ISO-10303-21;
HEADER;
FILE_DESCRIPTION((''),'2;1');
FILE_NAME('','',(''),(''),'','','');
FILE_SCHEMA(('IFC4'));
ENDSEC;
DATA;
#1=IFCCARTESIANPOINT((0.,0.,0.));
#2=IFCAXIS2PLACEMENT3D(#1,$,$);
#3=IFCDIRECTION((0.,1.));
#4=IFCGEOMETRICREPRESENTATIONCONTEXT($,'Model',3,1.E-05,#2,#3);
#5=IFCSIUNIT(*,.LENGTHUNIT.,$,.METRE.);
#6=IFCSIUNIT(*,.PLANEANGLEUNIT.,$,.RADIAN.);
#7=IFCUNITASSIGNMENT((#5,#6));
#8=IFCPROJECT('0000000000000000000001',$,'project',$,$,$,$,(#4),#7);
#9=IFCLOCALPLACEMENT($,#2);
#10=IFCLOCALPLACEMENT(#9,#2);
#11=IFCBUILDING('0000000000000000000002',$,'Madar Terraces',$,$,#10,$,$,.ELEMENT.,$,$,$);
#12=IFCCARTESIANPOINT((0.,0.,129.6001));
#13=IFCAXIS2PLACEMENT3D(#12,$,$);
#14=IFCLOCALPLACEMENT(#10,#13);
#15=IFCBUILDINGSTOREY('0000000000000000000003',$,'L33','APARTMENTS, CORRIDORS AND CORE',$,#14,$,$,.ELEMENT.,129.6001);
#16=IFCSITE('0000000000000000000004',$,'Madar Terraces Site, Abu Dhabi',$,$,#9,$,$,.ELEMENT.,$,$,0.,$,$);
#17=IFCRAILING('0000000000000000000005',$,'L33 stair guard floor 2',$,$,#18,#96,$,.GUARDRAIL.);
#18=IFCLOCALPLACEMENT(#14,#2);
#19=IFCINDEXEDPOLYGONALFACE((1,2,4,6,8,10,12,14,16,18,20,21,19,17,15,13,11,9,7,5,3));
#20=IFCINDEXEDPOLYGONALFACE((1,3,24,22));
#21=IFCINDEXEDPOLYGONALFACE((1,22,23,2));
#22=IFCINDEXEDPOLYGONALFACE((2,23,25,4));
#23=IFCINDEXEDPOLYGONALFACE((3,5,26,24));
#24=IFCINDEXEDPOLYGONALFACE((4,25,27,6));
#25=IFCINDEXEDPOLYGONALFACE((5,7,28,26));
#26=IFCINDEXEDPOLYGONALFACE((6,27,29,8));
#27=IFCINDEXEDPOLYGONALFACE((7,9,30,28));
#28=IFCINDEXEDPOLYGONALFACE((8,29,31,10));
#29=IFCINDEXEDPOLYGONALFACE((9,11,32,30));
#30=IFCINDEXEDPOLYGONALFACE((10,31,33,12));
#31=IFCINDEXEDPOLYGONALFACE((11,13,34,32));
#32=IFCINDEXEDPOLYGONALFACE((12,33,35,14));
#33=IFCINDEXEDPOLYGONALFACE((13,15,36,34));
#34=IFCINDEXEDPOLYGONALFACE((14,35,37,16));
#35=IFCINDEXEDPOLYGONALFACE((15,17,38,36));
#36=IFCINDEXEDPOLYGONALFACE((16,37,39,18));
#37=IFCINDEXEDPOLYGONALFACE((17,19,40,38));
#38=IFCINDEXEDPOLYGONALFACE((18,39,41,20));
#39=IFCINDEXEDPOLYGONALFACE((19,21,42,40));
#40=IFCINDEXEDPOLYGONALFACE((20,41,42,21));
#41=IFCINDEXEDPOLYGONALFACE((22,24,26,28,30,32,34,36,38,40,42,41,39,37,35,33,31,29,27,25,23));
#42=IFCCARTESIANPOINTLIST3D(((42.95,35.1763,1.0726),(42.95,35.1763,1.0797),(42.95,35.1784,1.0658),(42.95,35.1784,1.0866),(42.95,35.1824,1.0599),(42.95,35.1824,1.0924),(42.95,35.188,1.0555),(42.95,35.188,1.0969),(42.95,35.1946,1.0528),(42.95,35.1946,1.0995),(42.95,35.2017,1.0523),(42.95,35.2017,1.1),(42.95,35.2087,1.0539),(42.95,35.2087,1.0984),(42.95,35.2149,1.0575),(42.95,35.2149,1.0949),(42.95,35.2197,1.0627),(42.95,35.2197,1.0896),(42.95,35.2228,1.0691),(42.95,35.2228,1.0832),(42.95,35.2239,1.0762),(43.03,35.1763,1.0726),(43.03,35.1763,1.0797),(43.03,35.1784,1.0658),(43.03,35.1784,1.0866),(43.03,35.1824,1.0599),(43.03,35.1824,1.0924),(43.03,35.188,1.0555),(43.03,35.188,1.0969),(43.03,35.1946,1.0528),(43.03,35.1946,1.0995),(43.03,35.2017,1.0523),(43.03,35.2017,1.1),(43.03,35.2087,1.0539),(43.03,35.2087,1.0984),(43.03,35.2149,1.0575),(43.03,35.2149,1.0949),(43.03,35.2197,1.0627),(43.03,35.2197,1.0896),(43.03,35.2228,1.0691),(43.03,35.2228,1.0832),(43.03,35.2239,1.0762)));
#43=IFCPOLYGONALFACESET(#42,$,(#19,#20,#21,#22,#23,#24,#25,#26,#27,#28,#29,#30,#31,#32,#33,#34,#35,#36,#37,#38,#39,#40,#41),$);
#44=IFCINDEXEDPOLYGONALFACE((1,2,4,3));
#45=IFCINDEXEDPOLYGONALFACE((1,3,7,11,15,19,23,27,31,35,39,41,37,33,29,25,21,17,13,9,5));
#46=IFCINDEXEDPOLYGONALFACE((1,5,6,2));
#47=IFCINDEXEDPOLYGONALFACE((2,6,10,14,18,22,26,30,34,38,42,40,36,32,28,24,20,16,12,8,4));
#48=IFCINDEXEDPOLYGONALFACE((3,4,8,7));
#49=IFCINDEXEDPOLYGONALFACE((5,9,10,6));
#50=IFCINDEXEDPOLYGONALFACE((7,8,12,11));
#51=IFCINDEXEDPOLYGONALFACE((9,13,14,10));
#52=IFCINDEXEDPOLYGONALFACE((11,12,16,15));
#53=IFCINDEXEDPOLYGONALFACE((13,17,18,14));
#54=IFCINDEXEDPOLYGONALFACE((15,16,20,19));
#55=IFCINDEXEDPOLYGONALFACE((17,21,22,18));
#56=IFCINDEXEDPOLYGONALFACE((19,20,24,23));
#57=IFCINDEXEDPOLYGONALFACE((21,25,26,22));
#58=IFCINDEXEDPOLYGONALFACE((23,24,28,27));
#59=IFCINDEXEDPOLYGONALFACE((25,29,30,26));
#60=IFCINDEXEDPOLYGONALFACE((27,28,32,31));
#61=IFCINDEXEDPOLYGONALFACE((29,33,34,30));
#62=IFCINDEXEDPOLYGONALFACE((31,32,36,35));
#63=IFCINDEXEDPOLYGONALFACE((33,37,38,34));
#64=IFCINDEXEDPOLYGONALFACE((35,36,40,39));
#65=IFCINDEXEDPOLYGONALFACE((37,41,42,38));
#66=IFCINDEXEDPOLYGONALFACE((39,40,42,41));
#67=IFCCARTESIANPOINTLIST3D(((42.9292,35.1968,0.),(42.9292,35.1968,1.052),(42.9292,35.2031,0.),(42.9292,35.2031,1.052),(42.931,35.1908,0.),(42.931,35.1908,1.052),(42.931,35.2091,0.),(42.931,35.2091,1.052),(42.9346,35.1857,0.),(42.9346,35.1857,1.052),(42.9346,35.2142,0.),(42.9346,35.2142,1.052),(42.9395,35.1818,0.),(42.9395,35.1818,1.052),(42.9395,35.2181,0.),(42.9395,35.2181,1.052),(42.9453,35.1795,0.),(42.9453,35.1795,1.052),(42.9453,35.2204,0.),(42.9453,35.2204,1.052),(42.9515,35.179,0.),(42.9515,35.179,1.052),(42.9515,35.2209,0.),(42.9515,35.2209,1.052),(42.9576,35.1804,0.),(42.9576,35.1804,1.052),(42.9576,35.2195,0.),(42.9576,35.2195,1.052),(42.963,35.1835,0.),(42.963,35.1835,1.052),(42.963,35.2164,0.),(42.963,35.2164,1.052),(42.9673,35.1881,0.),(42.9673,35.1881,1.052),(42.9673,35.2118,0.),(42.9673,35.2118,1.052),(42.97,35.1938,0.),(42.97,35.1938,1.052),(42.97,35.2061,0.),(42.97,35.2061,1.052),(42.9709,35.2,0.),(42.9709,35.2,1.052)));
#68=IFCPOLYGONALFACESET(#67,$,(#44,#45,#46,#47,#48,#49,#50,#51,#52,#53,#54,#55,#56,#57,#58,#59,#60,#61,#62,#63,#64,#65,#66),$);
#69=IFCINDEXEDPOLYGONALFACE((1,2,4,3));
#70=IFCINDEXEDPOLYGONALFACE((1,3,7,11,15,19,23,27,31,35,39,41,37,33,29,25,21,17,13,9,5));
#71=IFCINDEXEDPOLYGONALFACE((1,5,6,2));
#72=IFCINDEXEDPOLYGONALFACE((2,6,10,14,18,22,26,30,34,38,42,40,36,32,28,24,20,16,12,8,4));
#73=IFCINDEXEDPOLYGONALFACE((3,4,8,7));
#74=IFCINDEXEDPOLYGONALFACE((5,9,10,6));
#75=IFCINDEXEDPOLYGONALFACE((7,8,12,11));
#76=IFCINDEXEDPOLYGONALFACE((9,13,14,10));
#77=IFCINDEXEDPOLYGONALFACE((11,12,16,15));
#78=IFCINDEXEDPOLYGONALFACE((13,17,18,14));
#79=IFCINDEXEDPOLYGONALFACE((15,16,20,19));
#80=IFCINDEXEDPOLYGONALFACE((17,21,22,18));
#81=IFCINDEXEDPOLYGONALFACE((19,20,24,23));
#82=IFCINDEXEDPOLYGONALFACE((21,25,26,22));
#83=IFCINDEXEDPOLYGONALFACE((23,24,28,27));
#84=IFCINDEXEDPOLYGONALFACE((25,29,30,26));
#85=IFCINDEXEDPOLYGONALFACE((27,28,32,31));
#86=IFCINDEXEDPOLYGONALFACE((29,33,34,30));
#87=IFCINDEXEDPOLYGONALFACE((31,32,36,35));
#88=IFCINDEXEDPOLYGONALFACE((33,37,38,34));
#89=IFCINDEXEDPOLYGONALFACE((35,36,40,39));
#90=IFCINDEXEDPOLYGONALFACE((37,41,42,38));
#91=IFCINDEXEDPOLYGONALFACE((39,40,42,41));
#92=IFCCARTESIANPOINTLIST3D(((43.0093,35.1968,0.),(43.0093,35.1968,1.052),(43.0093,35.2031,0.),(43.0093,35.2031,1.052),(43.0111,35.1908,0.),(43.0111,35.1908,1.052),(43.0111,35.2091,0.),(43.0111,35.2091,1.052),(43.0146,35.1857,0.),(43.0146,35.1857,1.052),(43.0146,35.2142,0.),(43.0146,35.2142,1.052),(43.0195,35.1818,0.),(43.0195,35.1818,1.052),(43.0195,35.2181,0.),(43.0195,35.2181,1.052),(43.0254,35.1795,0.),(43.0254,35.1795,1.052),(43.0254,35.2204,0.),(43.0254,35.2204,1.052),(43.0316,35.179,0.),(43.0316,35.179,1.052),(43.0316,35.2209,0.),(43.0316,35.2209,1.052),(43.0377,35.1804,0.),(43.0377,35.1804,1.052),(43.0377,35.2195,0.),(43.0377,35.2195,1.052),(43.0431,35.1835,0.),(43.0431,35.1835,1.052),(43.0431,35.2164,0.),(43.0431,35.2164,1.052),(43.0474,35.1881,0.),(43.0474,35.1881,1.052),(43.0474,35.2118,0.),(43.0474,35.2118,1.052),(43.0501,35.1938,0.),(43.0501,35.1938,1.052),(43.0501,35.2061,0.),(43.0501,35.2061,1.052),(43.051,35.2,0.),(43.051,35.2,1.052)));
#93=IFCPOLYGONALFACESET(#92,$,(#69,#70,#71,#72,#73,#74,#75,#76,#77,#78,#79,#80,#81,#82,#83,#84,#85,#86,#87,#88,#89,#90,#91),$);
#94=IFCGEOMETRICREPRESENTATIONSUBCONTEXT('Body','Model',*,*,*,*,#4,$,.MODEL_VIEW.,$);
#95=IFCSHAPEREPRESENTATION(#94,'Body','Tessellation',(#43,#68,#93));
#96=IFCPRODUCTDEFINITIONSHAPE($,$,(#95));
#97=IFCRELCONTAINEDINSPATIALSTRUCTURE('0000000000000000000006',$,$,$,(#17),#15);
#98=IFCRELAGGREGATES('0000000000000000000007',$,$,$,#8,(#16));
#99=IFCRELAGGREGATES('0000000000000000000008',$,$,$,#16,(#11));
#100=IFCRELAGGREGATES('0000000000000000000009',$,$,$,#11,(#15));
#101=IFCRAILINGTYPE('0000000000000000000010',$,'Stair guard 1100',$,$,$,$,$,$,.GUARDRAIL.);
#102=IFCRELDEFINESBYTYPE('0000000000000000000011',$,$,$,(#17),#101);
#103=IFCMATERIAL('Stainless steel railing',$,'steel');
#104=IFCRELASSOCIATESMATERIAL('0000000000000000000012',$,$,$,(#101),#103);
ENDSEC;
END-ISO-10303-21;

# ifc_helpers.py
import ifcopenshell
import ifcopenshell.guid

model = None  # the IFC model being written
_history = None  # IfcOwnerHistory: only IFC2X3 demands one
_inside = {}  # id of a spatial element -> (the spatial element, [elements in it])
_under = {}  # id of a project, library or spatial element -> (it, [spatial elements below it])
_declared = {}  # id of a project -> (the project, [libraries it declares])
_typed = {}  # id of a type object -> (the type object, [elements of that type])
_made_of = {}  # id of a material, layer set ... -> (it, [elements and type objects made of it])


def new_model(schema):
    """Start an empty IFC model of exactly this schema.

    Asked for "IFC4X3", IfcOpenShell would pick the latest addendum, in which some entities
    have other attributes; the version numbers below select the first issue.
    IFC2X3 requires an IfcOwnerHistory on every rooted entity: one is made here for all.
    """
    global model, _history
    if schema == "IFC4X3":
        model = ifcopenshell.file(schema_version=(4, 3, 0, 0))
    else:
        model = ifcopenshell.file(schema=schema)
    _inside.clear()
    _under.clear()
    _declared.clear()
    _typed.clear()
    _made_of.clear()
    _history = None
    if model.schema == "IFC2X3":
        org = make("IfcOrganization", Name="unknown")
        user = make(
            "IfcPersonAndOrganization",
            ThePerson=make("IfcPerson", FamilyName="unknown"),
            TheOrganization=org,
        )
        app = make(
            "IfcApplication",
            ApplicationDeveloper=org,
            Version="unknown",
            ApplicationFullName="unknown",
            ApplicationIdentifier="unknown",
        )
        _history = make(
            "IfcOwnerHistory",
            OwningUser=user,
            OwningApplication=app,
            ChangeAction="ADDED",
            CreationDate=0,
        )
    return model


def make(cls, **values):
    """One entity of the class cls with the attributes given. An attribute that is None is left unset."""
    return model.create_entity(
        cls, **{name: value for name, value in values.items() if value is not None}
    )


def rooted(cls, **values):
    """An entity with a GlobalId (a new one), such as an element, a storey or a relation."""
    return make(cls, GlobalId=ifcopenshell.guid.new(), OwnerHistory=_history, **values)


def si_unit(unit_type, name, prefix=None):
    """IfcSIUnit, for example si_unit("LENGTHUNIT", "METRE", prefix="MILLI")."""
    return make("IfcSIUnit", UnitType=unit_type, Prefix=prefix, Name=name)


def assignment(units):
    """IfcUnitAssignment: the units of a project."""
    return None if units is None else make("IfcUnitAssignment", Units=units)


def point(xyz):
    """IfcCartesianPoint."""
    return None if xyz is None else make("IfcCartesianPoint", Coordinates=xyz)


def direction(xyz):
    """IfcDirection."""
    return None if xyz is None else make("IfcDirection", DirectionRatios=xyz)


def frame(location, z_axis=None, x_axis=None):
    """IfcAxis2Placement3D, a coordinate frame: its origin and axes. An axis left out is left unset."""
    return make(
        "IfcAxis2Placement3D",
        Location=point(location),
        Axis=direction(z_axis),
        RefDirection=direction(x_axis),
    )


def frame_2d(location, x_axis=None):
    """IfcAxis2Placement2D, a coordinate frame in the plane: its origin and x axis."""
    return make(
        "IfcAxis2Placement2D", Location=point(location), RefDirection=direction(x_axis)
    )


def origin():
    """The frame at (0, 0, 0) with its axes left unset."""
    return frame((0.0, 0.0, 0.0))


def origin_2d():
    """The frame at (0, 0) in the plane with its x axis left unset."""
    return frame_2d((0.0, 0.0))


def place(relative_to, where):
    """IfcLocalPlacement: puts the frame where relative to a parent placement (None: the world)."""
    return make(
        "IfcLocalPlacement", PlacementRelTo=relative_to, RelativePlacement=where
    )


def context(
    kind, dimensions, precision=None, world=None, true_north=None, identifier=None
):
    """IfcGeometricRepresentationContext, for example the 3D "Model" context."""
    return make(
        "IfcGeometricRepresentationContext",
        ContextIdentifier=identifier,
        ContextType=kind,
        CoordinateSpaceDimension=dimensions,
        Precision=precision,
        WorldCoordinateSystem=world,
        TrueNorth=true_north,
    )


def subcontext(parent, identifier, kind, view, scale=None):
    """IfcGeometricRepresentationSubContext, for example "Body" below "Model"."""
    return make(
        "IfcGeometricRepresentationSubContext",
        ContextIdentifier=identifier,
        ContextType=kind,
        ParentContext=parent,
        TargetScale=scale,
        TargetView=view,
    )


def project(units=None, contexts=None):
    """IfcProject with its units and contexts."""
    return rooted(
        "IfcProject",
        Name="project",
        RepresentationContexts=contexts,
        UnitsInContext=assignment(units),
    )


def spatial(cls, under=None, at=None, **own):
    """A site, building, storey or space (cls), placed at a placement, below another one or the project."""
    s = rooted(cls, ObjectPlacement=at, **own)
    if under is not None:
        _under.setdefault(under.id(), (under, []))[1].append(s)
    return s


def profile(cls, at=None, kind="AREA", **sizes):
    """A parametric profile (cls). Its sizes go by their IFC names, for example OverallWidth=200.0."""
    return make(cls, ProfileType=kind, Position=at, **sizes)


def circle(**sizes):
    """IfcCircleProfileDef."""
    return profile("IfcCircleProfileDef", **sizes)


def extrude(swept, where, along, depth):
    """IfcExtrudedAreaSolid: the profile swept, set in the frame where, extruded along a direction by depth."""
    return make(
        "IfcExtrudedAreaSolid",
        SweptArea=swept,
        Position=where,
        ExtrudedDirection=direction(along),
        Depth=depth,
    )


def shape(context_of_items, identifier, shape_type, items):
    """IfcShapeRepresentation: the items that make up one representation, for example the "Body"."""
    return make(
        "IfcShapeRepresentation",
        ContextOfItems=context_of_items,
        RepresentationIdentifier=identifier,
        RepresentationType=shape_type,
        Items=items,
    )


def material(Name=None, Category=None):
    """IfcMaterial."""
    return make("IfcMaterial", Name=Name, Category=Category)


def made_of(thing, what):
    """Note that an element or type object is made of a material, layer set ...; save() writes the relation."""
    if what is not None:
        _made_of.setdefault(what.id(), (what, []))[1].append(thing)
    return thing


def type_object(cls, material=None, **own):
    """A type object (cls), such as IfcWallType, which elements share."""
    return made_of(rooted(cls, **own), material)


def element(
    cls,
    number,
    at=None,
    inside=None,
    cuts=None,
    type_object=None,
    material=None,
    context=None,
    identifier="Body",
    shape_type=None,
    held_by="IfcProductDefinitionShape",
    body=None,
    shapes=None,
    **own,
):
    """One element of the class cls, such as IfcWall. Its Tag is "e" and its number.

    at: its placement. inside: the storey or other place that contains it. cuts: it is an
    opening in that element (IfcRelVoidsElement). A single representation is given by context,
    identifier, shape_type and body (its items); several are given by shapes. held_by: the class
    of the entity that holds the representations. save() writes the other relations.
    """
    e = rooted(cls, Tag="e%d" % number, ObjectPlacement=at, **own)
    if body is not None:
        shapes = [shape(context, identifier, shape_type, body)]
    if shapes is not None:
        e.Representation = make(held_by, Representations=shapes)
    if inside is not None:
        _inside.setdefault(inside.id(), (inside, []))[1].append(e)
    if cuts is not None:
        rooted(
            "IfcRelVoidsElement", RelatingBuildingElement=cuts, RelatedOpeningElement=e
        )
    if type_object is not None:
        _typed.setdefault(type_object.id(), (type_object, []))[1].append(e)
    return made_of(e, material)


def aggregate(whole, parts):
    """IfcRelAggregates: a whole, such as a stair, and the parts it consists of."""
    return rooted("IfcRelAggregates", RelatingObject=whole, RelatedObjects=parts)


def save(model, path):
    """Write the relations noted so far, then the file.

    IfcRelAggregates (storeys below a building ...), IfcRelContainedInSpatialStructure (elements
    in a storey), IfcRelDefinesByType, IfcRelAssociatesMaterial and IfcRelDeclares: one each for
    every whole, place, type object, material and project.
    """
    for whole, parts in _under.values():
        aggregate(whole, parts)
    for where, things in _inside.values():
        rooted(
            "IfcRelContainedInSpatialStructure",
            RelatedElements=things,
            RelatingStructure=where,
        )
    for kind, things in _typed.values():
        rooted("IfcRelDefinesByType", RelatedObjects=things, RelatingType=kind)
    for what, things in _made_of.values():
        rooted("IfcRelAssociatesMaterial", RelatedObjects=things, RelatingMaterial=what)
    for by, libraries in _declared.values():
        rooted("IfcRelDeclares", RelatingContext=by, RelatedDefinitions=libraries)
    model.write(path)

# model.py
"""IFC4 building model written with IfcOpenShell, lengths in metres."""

from ifc_helpers import new_model, si_unit, direction, frame, origin, origin_2d, place, context, subcontext, project, spatial, circle, extrude, material, type_object, element, save


model = new_model("IFC4")

# Units and contexts
model_context = context("Model", 3, precision=1e-05, world=origin(), true_north=direction((0.0, 1.0)))
body_context = subcontext(model_context, "Body", "Model", "MODEL_VIEW")
ifc_project = project(units=[si_unit("LENGTHUNIT", "METRE"), si_unit("PLANEANGLEUNIT", "RADIAN")], contexts=[model_context])

# Site, building, storey
site_placement = place(None, origin())
site = spatial("IfcSite", under=ifc_project, at=site_placement, Name="Madar Terraces Site, Abu Dhabi", CompositionType="ELEMENT", RefElevation=0.0)
building_placement = place(site_placement, origin())
building = spatial("IfcBuilding", under=site, at=building_placement, Name="Madar Terraces", CompositionType="ELEMENT")
storey_placement = place(building_placement, frame((0.0, 0.0, 129.6001)))
storey = spatial("IfcBuildingStorey", under=building, at=storey_placement, Name="L33", Description="APARTMENTS, CORRIDORS AND CORE", CompositionType="ELEMENT", Elevation=129.6001)

# Railing
ifc_material_1 = material(Name="Stainless steel railing", Category="steel")
railing_type_1 = type_object("IfcRailingType", Name="Stair guard 1100", PredefinedType="GUARDRAIL", material=ifc_material_1)
railing_1_placement = place(storey_placement, frame((42.95, 35.2, 0.0)))
element("IfcRailing", 1, at=railing_1_placement, inside=storey, type_object=railing_type_1, Name="L33 stair guard floor 2", PredefinedType="GUARDRAIL", context=body_context, shape_type="SweptSolid", body=[
    extrude(circle(Radius=0.0239, at=origin_2d()), frame((0.0, 0.0, 1.0762), z_axis=(1.0, 0.0, 0.0), x_axis=(0.0, 1.0, 0.0)), (0.0, 0.0, 1.0), 0.0801),
    extrude(circle(Radius=0.021, at=origin_2d()), origin(), (0.0, 0.0, 1.0), 1.052),
    extrude(circle(Radius=0.021, at=origin_2d()), frame((0.0801, 0.0, 0.0)), (0.0, 0.0, 1.0), 1.052),
])

save(model, "model.ifc")
